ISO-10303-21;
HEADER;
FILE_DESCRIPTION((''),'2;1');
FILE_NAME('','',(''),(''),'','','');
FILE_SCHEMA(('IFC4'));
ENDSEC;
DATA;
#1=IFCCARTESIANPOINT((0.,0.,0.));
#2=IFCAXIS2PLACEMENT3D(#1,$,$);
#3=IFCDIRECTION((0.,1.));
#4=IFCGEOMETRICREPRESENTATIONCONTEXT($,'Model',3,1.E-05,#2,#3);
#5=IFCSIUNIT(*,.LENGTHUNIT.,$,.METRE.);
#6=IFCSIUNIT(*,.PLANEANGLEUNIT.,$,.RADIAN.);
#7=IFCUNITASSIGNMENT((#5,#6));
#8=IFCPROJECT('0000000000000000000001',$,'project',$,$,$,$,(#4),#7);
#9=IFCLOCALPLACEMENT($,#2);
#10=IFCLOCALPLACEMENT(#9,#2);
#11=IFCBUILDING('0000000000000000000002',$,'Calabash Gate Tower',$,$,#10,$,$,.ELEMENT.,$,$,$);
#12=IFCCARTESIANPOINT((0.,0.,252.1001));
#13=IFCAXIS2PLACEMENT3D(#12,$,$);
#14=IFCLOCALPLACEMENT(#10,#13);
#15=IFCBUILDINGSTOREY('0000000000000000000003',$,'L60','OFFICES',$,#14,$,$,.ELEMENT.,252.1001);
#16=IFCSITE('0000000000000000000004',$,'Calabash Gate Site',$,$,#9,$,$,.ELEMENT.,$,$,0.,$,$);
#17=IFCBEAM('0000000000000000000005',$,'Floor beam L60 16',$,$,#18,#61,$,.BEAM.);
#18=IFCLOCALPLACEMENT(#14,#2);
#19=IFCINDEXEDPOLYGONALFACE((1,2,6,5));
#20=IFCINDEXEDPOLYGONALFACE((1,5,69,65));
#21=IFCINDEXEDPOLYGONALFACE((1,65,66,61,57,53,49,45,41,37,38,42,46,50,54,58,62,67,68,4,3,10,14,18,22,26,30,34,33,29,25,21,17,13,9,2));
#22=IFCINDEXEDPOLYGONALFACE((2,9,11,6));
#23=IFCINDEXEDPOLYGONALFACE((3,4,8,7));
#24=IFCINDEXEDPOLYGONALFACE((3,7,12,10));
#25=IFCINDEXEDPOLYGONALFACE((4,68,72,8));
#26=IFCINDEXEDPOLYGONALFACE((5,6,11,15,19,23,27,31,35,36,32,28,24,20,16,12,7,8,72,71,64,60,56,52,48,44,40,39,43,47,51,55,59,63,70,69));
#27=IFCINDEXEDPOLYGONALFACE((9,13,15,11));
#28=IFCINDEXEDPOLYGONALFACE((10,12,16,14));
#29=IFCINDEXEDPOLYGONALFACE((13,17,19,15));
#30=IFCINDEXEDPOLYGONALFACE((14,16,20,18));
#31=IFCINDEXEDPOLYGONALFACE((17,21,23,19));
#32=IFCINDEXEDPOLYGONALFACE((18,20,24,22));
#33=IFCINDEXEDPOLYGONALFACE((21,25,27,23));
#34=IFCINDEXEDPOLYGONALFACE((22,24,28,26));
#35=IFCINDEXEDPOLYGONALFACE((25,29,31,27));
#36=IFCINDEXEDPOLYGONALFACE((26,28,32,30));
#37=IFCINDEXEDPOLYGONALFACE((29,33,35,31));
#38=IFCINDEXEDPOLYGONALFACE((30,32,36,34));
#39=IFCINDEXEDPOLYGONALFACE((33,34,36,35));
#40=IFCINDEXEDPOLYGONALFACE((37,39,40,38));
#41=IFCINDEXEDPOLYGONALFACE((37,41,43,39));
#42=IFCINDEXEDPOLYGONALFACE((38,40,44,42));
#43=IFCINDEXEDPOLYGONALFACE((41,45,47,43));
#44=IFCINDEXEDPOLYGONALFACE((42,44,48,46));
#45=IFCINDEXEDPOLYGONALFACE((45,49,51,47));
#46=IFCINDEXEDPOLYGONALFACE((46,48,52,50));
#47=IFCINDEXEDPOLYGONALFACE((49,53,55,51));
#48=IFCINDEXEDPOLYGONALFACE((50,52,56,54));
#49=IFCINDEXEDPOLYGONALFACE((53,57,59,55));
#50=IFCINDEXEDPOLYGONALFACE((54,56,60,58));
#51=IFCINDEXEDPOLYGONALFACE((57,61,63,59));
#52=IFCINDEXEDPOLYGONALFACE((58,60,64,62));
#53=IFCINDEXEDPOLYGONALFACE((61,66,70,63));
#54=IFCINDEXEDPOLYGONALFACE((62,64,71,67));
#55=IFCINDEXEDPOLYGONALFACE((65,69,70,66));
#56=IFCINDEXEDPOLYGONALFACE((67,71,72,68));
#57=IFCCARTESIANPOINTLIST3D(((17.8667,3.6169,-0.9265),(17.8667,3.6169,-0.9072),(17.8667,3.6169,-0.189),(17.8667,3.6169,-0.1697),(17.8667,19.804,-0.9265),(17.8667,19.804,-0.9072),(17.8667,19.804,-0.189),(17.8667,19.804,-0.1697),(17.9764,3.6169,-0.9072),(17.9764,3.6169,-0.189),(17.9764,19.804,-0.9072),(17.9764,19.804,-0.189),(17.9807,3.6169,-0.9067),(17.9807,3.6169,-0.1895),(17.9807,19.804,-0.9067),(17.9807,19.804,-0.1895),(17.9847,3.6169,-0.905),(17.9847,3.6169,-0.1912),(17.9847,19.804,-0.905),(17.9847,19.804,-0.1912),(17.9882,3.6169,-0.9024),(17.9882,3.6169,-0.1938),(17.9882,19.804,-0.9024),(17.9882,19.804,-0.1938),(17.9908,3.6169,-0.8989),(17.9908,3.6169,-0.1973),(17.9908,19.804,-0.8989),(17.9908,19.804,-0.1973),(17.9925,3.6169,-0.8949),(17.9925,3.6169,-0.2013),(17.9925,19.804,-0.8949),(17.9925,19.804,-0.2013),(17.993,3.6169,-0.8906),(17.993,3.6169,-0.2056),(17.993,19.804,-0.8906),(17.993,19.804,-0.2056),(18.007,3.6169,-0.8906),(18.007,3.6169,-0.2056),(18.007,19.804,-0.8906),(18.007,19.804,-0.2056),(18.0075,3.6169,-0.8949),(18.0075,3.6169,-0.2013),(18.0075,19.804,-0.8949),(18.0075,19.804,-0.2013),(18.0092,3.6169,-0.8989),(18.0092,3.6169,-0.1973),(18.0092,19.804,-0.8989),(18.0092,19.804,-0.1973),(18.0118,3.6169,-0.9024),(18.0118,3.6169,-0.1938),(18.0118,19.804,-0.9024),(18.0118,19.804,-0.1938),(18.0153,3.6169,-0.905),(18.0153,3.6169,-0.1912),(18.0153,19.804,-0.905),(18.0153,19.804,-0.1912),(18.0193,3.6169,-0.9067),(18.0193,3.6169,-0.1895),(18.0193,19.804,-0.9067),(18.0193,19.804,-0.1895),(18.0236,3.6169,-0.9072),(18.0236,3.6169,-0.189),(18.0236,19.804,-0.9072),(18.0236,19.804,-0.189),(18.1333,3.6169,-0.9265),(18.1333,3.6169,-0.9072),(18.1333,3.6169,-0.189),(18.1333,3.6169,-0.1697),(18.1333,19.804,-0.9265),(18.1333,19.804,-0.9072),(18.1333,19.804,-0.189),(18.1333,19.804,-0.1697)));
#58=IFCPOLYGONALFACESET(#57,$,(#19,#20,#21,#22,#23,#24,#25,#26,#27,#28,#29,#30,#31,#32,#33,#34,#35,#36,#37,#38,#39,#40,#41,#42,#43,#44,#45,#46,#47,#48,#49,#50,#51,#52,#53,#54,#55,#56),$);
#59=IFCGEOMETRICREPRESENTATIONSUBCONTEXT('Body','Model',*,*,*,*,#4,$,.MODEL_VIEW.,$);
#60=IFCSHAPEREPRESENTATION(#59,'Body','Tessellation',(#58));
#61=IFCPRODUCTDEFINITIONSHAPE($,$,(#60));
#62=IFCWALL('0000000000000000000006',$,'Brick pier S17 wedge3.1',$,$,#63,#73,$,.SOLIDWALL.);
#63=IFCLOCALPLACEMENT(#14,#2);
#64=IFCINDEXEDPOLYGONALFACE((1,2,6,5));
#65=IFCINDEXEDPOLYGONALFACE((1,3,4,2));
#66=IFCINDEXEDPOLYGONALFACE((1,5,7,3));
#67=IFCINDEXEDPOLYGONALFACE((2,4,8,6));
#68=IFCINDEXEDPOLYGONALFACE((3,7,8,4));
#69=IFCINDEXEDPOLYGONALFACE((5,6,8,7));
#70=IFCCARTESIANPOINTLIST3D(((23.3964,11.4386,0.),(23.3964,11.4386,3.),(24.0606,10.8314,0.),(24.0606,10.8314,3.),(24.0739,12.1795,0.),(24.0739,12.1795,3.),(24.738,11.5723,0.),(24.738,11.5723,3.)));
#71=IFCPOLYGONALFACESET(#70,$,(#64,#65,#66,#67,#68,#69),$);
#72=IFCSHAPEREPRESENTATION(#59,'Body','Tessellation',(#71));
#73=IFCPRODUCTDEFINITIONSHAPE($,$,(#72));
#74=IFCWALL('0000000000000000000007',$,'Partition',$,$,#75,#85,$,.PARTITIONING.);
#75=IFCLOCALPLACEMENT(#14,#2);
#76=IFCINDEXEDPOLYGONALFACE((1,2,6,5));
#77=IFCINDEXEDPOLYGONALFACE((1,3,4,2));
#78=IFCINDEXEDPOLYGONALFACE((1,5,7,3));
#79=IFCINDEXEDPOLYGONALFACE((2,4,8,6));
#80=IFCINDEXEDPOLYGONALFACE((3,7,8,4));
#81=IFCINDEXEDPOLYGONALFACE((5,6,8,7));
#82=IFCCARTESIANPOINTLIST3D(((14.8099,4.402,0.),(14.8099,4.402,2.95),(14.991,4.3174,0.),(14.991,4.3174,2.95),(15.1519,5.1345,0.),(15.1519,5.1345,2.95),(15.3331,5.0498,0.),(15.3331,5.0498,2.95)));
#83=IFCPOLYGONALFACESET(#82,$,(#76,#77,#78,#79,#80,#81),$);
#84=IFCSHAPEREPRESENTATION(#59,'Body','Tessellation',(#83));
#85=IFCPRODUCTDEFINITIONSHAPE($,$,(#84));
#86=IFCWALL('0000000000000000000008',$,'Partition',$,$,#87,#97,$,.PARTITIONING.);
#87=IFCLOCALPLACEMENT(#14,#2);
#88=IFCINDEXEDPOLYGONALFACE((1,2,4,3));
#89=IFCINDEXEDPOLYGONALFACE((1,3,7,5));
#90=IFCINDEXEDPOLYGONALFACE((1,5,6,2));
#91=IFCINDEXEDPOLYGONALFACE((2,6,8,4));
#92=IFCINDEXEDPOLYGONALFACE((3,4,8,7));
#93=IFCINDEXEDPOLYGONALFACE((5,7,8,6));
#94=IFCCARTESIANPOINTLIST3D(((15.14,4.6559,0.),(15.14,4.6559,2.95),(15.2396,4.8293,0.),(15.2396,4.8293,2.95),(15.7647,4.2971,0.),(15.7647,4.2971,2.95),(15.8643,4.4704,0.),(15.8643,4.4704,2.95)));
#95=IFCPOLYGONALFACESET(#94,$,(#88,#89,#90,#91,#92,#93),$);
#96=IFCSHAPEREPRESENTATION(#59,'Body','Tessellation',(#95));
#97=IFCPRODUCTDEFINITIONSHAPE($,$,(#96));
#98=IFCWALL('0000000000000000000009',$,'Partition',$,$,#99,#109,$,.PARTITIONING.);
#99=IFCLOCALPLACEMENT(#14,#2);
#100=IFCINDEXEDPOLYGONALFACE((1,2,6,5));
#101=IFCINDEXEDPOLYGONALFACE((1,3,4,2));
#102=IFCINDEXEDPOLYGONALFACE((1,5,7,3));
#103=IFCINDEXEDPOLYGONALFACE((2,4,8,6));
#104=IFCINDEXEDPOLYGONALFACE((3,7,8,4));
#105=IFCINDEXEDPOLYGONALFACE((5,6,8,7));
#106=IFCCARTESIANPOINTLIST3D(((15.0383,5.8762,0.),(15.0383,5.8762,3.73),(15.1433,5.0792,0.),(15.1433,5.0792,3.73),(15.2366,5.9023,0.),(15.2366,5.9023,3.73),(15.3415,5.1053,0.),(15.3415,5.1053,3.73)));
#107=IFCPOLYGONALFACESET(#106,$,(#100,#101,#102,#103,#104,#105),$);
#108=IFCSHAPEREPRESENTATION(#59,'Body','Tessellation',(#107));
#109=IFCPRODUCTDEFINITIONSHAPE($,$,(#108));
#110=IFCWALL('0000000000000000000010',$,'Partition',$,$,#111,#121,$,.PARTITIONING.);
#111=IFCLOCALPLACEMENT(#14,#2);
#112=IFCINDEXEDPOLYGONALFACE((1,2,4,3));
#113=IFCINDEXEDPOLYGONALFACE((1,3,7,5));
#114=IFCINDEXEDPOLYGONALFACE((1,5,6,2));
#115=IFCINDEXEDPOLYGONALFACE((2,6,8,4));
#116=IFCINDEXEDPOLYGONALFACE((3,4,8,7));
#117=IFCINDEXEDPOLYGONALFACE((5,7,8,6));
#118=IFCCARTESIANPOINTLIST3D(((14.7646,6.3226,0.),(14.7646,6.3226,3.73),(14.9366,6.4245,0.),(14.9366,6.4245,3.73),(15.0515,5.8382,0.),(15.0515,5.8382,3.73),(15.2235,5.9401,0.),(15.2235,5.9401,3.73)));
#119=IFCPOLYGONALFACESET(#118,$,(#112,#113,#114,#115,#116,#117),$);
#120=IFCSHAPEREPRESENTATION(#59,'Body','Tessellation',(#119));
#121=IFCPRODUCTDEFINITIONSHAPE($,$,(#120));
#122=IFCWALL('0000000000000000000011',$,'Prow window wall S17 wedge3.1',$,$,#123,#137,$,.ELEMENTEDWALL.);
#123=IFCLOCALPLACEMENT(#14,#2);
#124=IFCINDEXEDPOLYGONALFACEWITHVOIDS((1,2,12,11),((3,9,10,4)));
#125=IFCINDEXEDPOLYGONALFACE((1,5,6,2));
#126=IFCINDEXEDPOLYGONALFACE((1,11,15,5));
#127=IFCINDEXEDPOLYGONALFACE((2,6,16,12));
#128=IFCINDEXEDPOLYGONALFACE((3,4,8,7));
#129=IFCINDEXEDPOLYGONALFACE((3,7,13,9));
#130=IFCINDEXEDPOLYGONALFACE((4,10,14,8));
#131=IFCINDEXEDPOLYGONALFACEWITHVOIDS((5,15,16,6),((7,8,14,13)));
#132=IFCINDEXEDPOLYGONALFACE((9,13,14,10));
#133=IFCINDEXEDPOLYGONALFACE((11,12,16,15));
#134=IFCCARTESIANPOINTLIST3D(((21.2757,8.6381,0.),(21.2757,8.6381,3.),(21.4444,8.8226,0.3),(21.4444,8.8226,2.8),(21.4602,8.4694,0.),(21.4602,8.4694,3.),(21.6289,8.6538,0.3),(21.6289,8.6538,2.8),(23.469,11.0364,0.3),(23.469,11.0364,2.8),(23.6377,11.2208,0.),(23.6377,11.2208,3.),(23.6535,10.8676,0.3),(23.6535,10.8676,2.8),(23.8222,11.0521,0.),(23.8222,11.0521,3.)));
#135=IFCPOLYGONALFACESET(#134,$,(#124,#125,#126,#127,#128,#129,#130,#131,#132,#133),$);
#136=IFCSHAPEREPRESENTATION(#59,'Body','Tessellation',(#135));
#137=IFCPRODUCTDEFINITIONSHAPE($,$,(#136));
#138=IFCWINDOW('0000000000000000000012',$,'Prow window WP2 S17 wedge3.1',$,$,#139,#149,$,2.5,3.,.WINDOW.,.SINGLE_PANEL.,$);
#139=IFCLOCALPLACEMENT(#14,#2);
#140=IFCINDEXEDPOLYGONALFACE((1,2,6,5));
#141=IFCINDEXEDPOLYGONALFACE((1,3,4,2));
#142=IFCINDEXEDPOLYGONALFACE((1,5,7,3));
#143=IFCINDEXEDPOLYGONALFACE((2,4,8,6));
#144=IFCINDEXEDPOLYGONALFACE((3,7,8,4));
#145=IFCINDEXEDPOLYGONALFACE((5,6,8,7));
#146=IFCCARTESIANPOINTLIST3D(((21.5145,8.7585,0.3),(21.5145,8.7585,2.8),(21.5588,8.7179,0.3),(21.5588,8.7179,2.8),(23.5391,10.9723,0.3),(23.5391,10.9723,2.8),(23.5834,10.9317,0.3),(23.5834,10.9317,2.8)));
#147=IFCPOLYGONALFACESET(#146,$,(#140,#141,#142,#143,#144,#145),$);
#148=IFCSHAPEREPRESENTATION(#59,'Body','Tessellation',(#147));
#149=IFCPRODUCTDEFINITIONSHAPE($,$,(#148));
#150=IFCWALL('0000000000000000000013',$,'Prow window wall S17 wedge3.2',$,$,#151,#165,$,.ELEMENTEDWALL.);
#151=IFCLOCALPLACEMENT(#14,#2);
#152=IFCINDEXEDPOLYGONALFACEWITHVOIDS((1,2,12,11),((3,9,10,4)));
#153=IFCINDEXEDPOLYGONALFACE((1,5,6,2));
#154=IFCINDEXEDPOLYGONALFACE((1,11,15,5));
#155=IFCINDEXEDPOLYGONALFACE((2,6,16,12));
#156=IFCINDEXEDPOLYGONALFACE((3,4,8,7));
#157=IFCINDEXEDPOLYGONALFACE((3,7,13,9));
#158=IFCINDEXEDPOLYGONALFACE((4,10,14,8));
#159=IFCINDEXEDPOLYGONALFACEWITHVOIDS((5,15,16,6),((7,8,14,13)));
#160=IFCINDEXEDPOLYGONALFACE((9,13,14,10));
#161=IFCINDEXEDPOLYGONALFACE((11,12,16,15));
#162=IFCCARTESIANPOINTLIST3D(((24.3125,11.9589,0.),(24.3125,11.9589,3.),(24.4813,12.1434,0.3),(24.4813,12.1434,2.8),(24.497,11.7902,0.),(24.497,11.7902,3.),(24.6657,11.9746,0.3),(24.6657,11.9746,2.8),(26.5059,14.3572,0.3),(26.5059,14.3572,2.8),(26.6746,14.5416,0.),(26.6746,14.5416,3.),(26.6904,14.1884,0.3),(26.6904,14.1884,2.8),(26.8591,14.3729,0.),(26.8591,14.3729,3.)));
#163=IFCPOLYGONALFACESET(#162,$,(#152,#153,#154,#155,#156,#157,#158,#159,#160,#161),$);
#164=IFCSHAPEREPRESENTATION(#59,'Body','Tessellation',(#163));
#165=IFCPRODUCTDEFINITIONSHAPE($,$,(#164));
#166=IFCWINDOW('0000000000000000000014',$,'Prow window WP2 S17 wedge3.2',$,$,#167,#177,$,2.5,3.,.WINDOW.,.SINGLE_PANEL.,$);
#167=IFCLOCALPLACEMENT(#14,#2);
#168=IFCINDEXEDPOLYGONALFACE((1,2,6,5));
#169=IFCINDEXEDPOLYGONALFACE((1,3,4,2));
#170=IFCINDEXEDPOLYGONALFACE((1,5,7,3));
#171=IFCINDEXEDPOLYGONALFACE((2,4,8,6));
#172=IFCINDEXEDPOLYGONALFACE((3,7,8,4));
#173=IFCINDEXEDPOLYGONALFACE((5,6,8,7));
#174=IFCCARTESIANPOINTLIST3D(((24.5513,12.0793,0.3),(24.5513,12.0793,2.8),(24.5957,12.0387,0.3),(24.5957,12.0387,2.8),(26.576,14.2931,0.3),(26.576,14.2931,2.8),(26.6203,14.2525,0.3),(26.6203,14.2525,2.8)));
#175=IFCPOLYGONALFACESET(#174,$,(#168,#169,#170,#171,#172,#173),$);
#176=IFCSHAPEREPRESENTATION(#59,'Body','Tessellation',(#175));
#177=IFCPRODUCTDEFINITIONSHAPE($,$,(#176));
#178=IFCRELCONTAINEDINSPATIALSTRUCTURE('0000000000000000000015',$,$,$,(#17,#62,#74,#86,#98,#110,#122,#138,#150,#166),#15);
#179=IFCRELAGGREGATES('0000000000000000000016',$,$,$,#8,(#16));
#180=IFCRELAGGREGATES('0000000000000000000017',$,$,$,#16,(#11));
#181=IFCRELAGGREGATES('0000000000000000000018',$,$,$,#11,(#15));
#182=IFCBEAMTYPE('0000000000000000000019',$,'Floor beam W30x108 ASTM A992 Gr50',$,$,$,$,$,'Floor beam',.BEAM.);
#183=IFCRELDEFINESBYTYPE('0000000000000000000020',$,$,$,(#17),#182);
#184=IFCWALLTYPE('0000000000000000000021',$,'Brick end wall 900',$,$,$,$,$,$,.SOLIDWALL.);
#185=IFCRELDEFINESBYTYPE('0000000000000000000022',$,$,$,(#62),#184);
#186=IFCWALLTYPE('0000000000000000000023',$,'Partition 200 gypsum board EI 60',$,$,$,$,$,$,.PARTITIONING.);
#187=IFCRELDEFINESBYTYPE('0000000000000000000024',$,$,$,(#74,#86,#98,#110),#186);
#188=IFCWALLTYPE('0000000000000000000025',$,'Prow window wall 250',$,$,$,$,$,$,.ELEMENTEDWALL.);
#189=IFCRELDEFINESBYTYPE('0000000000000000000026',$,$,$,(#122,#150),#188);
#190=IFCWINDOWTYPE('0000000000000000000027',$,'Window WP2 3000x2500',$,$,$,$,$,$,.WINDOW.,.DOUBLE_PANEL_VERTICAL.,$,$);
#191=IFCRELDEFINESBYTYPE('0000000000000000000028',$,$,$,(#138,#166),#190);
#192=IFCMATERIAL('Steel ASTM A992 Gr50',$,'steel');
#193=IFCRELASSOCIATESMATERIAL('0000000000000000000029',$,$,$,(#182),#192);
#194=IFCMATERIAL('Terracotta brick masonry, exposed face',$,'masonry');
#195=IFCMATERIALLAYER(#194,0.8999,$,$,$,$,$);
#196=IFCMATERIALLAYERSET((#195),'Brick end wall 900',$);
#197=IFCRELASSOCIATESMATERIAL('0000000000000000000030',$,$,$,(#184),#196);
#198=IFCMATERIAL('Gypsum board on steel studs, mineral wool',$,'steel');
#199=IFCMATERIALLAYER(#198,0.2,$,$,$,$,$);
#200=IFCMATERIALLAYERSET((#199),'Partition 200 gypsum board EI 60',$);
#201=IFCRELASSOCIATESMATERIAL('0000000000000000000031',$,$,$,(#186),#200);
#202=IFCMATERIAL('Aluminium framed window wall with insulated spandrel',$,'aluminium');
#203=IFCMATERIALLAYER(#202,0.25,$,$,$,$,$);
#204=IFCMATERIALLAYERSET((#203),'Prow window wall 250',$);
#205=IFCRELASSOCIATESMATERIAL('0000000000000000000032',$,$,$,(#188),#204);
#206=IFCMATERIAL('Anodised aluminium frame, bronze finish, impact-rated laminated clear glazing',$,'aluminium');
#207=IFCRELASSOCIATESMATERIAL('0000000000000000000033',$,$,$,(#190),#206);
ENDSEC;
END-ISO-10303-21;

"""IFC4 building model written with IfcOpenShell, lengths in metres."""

from ifc_helpers import new_model, si_unit, direction, frame, frame_2d, origin, origin_2d, place, context, subcontext, project, spatial, rectangle, i_section, extrude, material, layer, layer_set, material_profile, profile_set, type_object, element, fill, save


model = new_model("IFC4")

# Units and contexts
model_context = context("Model", 3, precision=1e-05, world=origin(), true_north=direction((0.0, 1.0)))
body_context = subcontext(model_context, "Body", "Model", "MODEL_VIEW")
ifc_project = project(units=[si_unit("LENGTHUNIT", "METRE"), si_unit("PLANEANGLEUNIT", "RADIAN")], contexts=[model_context])

# Site, building, storey
site_placement = place(None, origin())
site = spatial("IfcSite", under=ifc_project, at=site_placement, Name="Calabash Gate Site", CompositionType="ELEMENT", RefElevation=0.0)
building_placement = place(site_placement, origin())
building = spatial("IfcBuilding", under=site, at=building_placement, Name="Calabash Gate Tower", CompositionType="ELEMENT")
storey_placement = place(building_placement, frame((0.0, 0.0, 252.1001)))
storey = spatial("IfcBuildingStorey", under=building, at=storey_placement, Name="L60", Description="OFFICES", CompositionType="ELEMENT", Elevation=252.1001)

# Beam
ifc_material_1 = material(Name="Steel ASTM A992 Gr50", Category="steel")
ifc_material_profile_1 = material_profile(ifc_material_1, i_section(OverallWidth=0.2666, OverallDepth=0.7568, WebThickness=0.0139, FlangeThickness=0.0193, FilletRadius=0.0166, at=origin_2d()))
ifc_profile_set_1 = profile_set([ifc_material_profile_1], Name="Steel ASTM A992 Gr50")
beam_type_1 = type_object("IfcBeamType", Name="Floor beam W30x108 ASTM A992 Gr50", ElementType="Floor beam", PredefinedType="BEAM", material=ifc_profile_set_1)
beam_1_placement = place(storey_placement, frame((18.0, 3.6169, -0.5481), z_axis=(0.0, 1.0, 0.0), x_axis=(-1.0, 0.0, 0.0)))
element("IfcBeam", 1, at=beam_1_placement, inside=storey, type_object=beam_type_1, Name="Floor beam L60 16", PredefinedType="BEAM", context=body_context, shape_type="SweptSolid", body=[
    extrude(i_section(OverallWidth=0.2666, OverallDepth=0.7568, WebThickness=0.0139, FlangeThickness=0.0193, FilletRadius=0.0166, at=origin_2d()), origin(), (0.0, 0.0, 1.0), 16.187),
])

# Walls
ifc_material_2 = material(Name="Terracotta brick masonry, exposed face", Category="masonry")
ifc_layer_1 = layer(ifc_material_2, 0.8999)
ifc_layer_set_1 = layer_set([ifc_layer_1], Name="Brick end wall 900")
wall_type_1 = type_object("IfcWallType", Name="Brick end wall 900", PredefinedType="SOLIDWALL", material=ifc_layer_set_1)
wall_1_placement = place(storey_placement, frame((23.7285, 11.135, 0.0), z_axis=(0.0, 0.0, 1.0), x_axis=(0.674788, 0.738012, 0.0)))
element("IfcWall", 2, at=wall_1_placement, inside=storey, type_object=wall_type_1, Name="Brick pier S17 wedge3.1", PredefinedType="SOLIDWALL", context=body_context, shape_type="SweptSolid", body=[
    extrude(rectangle(XDim=1.0039, YDim=0.8999, at=frame_2d((0.502, 0.0))), origin(), (0.0, 0.0, 1.0), 3.0),
])
ifc_material_3 = material(Name="Gypsum board on steel studs, mineral wool", Category="steel")
ifc_layer_2 = layer(ifc_material_3, 0.2)
ifc_layer_set_2 = layer_set([ifc_layer_2], Name="Partition 200 gypsum board EI 60")
wall_type_2 = type_object("IfcWallType", Name="Partition 200 gypsum board EI 60", PredefinedType="PARTITIONING", material=ifc_layer_set_2)
wall_2_placement = place(storey_placement, frame((14.9004, 4.3596, 0.0), z_axis=(0.0, 0.0, 1.0), x_axis=(0.423133, 0.906067, 0.0)))
element("IfcWall", 3, at=wall_2_placement, inside=storey, type_object=wall_type_2, Name="Partition", PredefinedType="PARTITIONING", context=body_context, shape_type="SweptSolid", body=[
    extrude(rectangle(XDim=0.8083, YDim=0.2, at=frame_2d((0.4043, 0.0))), origin(), (0.0, 0.0, 1.0), 2.95),
])
wall_3_placement = place(storey_placement, frame((15.1897, 4.7427, 0.0), z_axis=(0.0, 0.0, 1.0), x_axis=(0.867115, -0.498108, 0.0)))
element("IfcWall", 4, at=wall_3_placement, inside=storey, type_object=wall_type_2, Name="Partition", PredefinedType="PARTITIONING", context=body_context, shape_type="SweptSolid", body=[
    extrude(rectangle(XDim=0.7205, YDim=0.2, at=frame_2d((0.3604, 0.0))), origin(), (0.0, 0.0, 1.0), 2.95),
])
wall_4_placement = place(storey_placement, frame((15.1375, 5.8892, 0.0), z_axis=(0.0, 0.0, 1.0), x_axis=(0.130572, -0.991439, 0.0)))
element("IfcWall", 5, at=wall_4_placement, inside=storey, type_object=wall_type_2, Name="Partition", PredefinedType="PARTITIONING", context=body_context, shape_type="SweptSolid", body=[
    extrude(rectangle(XDim=0.804, YDim=0.2, at=frame_2d((0.4019, 0.0))), origin(), (0.0, 0.0, 1.0), 3.73),
])
wall_5_placement = place(storey_placement, frame((14.8506, 6.3735, 0.0), z_axis=(0.0, 0.0, 1.0), x_axis=(0.509577, -0.860425, 0.0)))
element("IfcWall", 6, at=wall_5_placement, inside=storey, type_object=wall_type_2, Name="Partition", PredefinedType="PARTITIONING", context=body_context, shape_type="SweptSolid", body=[
    extrude(rectangle(XDim=0.563, YDim=0.2, at=frame_2d((0.2815, 0.0))), origin(), (0.0, 0.0, 1.0), 3.73),
])

# Walls, openings, windows
ifc_material_4 = material(Name="Aluminium framed window wall with insulated spandrel", Category="aluminium")
ifc_layer_3 = layer(ifc_material_4, 0.25)
ifc_layer_set_3 = layer_set([ifc_layer_3], Name="Prow window wall 250")
wall_type_3 = type_object("IfcWallType", Name="Prow window wall 250", PredefinedType="ELEMENTEDWALL", material=ifc_layer_set_3)
wall_6_placement = place(storey_placement, frame((21.3679, 8.5537, 0.0), z_axis=(0.0, 0.0, 1.0), x_axis=(0.674874, 0.737933, 0.0)))
wall_6 = element("IfcWall", 7, at=wall_6_placement, inside=storey, type_object=wall_type_3, Name="Prow window wall S17 wedge3.1", PredefinedType="ELEMENTEDWALL", context=body_context, shape_type="SweptSolid", body=[
    extrude(rectangle(XDim=3.5, YDim=0.25, at=frame_2d((1.75, 0.0))), origin(), (0.0, 0.0, 1.0), 3.0),
])
opening_1_placement = place(wall_6_placement, frame((0.25, 0.0, 0.3)))
opening_1 = element("IfcOpeningElement", 8, at=opening_1_placement, cuts=wall_6, PredefinedType="OPENING", context=body_context, shape_type="SweptSolid", body=[
    extrude(rectangle(XDim=3.0, YDim=2.5, at=frame_2d((1.5, 1.25))), frame((0.0, 0.135, 0.0), z_axis=(0.0, -1.0, 0.0), x_axis=(1.0, 0.0, 0.0)), (0.0, 0.0, 1.0), 0.27),
])
ifc_material_5 = material(Name="Anodised aluminium frame, bronze finish, impact-rated laminated clear glazing", Category="aluminium")
window_type = type_object("IfcWindowType", Name="Window WP2 3000x2500", PartitioningType="DOUBLE_PANEL_VERTICAL", PredefinedType="WINDOW", material=ifc_material_5)
window_1_placement = place(opening_1_placement, origin())
window_1 = element("IfcWindow", 9, at=window_1_placement, inside=storey, type_object=window_type, Name="Prow window WP2 S17 wedge3.1", OverallHeight=2.5, OverallWidth=3.0, PartitioningType="SINGLE_PANEL", PredefinedType="WINDOW", context=body_context, shape_type="SweptSolid", body=[
    extrude(rectangle(XDim=3.0, YDim=2.5, at=frame_2d((1.5, 1.25))), frame((0.0, 0.03, 0.0), z_axis=(0.0, -1.0, 0.0), x_axis=(1.0, 0.0, 0.0)), (0.0, 0.0, 1.0), 0.0601),
])
fill(opening_1, window_1)
wall_7_placement = place(storey_placement, frame((24.4048, 11.8745, 0.0), z_axis=(0.0, 0.0, 1.0), x_axis=(0.674874, 0.737933, 0.0)))
wall_7 = element("IfcWall", 10, at=wall_7_placement, inside=storey, type_object=wall_type_3, Name="Prow window wall S17 wedge3.2", PredefinedType="ELEMENTEDWALL", context=body_context, shape_type="SweptSolid", body=[
    extrude(rectangle(XDim=3.5, YDim=0.25, at=frame_2d((1.75, 0.0))), origin(), (0.0, 0.0, 1.0), 3.0),
])
opening_2_placement = place(wall_7_placement, frame((0.25, 0.0, 0.3)))
opening_2 = element("IfcOpeningElement", 11, at=opening_2_placement, cuts=wall_7, PredefinedType="OPENING", context=body_context, shape_type="SweptSolid", body=[
    extrude(rectangle(XDim=3.0, YDim=2.5, at=frame_2d((1.5, 1.25))), frame((0.0, 0.135, 0.0), z_axis=(0.0, -1.0, 0.0), x_axis=(1.0, 0.0, 0.0)), (0.0, 0.0, 1.0), 0.27),
])
window_2_placement = place(opening_2_placement, origin())
window_2 = element("IfcWindow", 12, at=window_2_placement, inside=storey, type_object=window_type, Name="Prow window WP2 S17 wedge3.2", OverallHeight=2.5, OverallWidth=3.0, PartitioningType="SINGLE_PANEL", PredefinedType="WINDOW", context=body_context, shape_type="SweptSolid", body=[
    extrude(rectangle(XDim=3.0, YDim=2.5, at=frame_2d((1.5, 1.25))), frame((0.0, 0.03, 0.0), z_axis=(0.0, -1.0, 0.0), x_axis=(1.0, 0.0, 0.0)), (0.0, 0.0, 1.0), 0.0601),
])
fill(opening_2, window_2)

save(model, "model.ifc")
